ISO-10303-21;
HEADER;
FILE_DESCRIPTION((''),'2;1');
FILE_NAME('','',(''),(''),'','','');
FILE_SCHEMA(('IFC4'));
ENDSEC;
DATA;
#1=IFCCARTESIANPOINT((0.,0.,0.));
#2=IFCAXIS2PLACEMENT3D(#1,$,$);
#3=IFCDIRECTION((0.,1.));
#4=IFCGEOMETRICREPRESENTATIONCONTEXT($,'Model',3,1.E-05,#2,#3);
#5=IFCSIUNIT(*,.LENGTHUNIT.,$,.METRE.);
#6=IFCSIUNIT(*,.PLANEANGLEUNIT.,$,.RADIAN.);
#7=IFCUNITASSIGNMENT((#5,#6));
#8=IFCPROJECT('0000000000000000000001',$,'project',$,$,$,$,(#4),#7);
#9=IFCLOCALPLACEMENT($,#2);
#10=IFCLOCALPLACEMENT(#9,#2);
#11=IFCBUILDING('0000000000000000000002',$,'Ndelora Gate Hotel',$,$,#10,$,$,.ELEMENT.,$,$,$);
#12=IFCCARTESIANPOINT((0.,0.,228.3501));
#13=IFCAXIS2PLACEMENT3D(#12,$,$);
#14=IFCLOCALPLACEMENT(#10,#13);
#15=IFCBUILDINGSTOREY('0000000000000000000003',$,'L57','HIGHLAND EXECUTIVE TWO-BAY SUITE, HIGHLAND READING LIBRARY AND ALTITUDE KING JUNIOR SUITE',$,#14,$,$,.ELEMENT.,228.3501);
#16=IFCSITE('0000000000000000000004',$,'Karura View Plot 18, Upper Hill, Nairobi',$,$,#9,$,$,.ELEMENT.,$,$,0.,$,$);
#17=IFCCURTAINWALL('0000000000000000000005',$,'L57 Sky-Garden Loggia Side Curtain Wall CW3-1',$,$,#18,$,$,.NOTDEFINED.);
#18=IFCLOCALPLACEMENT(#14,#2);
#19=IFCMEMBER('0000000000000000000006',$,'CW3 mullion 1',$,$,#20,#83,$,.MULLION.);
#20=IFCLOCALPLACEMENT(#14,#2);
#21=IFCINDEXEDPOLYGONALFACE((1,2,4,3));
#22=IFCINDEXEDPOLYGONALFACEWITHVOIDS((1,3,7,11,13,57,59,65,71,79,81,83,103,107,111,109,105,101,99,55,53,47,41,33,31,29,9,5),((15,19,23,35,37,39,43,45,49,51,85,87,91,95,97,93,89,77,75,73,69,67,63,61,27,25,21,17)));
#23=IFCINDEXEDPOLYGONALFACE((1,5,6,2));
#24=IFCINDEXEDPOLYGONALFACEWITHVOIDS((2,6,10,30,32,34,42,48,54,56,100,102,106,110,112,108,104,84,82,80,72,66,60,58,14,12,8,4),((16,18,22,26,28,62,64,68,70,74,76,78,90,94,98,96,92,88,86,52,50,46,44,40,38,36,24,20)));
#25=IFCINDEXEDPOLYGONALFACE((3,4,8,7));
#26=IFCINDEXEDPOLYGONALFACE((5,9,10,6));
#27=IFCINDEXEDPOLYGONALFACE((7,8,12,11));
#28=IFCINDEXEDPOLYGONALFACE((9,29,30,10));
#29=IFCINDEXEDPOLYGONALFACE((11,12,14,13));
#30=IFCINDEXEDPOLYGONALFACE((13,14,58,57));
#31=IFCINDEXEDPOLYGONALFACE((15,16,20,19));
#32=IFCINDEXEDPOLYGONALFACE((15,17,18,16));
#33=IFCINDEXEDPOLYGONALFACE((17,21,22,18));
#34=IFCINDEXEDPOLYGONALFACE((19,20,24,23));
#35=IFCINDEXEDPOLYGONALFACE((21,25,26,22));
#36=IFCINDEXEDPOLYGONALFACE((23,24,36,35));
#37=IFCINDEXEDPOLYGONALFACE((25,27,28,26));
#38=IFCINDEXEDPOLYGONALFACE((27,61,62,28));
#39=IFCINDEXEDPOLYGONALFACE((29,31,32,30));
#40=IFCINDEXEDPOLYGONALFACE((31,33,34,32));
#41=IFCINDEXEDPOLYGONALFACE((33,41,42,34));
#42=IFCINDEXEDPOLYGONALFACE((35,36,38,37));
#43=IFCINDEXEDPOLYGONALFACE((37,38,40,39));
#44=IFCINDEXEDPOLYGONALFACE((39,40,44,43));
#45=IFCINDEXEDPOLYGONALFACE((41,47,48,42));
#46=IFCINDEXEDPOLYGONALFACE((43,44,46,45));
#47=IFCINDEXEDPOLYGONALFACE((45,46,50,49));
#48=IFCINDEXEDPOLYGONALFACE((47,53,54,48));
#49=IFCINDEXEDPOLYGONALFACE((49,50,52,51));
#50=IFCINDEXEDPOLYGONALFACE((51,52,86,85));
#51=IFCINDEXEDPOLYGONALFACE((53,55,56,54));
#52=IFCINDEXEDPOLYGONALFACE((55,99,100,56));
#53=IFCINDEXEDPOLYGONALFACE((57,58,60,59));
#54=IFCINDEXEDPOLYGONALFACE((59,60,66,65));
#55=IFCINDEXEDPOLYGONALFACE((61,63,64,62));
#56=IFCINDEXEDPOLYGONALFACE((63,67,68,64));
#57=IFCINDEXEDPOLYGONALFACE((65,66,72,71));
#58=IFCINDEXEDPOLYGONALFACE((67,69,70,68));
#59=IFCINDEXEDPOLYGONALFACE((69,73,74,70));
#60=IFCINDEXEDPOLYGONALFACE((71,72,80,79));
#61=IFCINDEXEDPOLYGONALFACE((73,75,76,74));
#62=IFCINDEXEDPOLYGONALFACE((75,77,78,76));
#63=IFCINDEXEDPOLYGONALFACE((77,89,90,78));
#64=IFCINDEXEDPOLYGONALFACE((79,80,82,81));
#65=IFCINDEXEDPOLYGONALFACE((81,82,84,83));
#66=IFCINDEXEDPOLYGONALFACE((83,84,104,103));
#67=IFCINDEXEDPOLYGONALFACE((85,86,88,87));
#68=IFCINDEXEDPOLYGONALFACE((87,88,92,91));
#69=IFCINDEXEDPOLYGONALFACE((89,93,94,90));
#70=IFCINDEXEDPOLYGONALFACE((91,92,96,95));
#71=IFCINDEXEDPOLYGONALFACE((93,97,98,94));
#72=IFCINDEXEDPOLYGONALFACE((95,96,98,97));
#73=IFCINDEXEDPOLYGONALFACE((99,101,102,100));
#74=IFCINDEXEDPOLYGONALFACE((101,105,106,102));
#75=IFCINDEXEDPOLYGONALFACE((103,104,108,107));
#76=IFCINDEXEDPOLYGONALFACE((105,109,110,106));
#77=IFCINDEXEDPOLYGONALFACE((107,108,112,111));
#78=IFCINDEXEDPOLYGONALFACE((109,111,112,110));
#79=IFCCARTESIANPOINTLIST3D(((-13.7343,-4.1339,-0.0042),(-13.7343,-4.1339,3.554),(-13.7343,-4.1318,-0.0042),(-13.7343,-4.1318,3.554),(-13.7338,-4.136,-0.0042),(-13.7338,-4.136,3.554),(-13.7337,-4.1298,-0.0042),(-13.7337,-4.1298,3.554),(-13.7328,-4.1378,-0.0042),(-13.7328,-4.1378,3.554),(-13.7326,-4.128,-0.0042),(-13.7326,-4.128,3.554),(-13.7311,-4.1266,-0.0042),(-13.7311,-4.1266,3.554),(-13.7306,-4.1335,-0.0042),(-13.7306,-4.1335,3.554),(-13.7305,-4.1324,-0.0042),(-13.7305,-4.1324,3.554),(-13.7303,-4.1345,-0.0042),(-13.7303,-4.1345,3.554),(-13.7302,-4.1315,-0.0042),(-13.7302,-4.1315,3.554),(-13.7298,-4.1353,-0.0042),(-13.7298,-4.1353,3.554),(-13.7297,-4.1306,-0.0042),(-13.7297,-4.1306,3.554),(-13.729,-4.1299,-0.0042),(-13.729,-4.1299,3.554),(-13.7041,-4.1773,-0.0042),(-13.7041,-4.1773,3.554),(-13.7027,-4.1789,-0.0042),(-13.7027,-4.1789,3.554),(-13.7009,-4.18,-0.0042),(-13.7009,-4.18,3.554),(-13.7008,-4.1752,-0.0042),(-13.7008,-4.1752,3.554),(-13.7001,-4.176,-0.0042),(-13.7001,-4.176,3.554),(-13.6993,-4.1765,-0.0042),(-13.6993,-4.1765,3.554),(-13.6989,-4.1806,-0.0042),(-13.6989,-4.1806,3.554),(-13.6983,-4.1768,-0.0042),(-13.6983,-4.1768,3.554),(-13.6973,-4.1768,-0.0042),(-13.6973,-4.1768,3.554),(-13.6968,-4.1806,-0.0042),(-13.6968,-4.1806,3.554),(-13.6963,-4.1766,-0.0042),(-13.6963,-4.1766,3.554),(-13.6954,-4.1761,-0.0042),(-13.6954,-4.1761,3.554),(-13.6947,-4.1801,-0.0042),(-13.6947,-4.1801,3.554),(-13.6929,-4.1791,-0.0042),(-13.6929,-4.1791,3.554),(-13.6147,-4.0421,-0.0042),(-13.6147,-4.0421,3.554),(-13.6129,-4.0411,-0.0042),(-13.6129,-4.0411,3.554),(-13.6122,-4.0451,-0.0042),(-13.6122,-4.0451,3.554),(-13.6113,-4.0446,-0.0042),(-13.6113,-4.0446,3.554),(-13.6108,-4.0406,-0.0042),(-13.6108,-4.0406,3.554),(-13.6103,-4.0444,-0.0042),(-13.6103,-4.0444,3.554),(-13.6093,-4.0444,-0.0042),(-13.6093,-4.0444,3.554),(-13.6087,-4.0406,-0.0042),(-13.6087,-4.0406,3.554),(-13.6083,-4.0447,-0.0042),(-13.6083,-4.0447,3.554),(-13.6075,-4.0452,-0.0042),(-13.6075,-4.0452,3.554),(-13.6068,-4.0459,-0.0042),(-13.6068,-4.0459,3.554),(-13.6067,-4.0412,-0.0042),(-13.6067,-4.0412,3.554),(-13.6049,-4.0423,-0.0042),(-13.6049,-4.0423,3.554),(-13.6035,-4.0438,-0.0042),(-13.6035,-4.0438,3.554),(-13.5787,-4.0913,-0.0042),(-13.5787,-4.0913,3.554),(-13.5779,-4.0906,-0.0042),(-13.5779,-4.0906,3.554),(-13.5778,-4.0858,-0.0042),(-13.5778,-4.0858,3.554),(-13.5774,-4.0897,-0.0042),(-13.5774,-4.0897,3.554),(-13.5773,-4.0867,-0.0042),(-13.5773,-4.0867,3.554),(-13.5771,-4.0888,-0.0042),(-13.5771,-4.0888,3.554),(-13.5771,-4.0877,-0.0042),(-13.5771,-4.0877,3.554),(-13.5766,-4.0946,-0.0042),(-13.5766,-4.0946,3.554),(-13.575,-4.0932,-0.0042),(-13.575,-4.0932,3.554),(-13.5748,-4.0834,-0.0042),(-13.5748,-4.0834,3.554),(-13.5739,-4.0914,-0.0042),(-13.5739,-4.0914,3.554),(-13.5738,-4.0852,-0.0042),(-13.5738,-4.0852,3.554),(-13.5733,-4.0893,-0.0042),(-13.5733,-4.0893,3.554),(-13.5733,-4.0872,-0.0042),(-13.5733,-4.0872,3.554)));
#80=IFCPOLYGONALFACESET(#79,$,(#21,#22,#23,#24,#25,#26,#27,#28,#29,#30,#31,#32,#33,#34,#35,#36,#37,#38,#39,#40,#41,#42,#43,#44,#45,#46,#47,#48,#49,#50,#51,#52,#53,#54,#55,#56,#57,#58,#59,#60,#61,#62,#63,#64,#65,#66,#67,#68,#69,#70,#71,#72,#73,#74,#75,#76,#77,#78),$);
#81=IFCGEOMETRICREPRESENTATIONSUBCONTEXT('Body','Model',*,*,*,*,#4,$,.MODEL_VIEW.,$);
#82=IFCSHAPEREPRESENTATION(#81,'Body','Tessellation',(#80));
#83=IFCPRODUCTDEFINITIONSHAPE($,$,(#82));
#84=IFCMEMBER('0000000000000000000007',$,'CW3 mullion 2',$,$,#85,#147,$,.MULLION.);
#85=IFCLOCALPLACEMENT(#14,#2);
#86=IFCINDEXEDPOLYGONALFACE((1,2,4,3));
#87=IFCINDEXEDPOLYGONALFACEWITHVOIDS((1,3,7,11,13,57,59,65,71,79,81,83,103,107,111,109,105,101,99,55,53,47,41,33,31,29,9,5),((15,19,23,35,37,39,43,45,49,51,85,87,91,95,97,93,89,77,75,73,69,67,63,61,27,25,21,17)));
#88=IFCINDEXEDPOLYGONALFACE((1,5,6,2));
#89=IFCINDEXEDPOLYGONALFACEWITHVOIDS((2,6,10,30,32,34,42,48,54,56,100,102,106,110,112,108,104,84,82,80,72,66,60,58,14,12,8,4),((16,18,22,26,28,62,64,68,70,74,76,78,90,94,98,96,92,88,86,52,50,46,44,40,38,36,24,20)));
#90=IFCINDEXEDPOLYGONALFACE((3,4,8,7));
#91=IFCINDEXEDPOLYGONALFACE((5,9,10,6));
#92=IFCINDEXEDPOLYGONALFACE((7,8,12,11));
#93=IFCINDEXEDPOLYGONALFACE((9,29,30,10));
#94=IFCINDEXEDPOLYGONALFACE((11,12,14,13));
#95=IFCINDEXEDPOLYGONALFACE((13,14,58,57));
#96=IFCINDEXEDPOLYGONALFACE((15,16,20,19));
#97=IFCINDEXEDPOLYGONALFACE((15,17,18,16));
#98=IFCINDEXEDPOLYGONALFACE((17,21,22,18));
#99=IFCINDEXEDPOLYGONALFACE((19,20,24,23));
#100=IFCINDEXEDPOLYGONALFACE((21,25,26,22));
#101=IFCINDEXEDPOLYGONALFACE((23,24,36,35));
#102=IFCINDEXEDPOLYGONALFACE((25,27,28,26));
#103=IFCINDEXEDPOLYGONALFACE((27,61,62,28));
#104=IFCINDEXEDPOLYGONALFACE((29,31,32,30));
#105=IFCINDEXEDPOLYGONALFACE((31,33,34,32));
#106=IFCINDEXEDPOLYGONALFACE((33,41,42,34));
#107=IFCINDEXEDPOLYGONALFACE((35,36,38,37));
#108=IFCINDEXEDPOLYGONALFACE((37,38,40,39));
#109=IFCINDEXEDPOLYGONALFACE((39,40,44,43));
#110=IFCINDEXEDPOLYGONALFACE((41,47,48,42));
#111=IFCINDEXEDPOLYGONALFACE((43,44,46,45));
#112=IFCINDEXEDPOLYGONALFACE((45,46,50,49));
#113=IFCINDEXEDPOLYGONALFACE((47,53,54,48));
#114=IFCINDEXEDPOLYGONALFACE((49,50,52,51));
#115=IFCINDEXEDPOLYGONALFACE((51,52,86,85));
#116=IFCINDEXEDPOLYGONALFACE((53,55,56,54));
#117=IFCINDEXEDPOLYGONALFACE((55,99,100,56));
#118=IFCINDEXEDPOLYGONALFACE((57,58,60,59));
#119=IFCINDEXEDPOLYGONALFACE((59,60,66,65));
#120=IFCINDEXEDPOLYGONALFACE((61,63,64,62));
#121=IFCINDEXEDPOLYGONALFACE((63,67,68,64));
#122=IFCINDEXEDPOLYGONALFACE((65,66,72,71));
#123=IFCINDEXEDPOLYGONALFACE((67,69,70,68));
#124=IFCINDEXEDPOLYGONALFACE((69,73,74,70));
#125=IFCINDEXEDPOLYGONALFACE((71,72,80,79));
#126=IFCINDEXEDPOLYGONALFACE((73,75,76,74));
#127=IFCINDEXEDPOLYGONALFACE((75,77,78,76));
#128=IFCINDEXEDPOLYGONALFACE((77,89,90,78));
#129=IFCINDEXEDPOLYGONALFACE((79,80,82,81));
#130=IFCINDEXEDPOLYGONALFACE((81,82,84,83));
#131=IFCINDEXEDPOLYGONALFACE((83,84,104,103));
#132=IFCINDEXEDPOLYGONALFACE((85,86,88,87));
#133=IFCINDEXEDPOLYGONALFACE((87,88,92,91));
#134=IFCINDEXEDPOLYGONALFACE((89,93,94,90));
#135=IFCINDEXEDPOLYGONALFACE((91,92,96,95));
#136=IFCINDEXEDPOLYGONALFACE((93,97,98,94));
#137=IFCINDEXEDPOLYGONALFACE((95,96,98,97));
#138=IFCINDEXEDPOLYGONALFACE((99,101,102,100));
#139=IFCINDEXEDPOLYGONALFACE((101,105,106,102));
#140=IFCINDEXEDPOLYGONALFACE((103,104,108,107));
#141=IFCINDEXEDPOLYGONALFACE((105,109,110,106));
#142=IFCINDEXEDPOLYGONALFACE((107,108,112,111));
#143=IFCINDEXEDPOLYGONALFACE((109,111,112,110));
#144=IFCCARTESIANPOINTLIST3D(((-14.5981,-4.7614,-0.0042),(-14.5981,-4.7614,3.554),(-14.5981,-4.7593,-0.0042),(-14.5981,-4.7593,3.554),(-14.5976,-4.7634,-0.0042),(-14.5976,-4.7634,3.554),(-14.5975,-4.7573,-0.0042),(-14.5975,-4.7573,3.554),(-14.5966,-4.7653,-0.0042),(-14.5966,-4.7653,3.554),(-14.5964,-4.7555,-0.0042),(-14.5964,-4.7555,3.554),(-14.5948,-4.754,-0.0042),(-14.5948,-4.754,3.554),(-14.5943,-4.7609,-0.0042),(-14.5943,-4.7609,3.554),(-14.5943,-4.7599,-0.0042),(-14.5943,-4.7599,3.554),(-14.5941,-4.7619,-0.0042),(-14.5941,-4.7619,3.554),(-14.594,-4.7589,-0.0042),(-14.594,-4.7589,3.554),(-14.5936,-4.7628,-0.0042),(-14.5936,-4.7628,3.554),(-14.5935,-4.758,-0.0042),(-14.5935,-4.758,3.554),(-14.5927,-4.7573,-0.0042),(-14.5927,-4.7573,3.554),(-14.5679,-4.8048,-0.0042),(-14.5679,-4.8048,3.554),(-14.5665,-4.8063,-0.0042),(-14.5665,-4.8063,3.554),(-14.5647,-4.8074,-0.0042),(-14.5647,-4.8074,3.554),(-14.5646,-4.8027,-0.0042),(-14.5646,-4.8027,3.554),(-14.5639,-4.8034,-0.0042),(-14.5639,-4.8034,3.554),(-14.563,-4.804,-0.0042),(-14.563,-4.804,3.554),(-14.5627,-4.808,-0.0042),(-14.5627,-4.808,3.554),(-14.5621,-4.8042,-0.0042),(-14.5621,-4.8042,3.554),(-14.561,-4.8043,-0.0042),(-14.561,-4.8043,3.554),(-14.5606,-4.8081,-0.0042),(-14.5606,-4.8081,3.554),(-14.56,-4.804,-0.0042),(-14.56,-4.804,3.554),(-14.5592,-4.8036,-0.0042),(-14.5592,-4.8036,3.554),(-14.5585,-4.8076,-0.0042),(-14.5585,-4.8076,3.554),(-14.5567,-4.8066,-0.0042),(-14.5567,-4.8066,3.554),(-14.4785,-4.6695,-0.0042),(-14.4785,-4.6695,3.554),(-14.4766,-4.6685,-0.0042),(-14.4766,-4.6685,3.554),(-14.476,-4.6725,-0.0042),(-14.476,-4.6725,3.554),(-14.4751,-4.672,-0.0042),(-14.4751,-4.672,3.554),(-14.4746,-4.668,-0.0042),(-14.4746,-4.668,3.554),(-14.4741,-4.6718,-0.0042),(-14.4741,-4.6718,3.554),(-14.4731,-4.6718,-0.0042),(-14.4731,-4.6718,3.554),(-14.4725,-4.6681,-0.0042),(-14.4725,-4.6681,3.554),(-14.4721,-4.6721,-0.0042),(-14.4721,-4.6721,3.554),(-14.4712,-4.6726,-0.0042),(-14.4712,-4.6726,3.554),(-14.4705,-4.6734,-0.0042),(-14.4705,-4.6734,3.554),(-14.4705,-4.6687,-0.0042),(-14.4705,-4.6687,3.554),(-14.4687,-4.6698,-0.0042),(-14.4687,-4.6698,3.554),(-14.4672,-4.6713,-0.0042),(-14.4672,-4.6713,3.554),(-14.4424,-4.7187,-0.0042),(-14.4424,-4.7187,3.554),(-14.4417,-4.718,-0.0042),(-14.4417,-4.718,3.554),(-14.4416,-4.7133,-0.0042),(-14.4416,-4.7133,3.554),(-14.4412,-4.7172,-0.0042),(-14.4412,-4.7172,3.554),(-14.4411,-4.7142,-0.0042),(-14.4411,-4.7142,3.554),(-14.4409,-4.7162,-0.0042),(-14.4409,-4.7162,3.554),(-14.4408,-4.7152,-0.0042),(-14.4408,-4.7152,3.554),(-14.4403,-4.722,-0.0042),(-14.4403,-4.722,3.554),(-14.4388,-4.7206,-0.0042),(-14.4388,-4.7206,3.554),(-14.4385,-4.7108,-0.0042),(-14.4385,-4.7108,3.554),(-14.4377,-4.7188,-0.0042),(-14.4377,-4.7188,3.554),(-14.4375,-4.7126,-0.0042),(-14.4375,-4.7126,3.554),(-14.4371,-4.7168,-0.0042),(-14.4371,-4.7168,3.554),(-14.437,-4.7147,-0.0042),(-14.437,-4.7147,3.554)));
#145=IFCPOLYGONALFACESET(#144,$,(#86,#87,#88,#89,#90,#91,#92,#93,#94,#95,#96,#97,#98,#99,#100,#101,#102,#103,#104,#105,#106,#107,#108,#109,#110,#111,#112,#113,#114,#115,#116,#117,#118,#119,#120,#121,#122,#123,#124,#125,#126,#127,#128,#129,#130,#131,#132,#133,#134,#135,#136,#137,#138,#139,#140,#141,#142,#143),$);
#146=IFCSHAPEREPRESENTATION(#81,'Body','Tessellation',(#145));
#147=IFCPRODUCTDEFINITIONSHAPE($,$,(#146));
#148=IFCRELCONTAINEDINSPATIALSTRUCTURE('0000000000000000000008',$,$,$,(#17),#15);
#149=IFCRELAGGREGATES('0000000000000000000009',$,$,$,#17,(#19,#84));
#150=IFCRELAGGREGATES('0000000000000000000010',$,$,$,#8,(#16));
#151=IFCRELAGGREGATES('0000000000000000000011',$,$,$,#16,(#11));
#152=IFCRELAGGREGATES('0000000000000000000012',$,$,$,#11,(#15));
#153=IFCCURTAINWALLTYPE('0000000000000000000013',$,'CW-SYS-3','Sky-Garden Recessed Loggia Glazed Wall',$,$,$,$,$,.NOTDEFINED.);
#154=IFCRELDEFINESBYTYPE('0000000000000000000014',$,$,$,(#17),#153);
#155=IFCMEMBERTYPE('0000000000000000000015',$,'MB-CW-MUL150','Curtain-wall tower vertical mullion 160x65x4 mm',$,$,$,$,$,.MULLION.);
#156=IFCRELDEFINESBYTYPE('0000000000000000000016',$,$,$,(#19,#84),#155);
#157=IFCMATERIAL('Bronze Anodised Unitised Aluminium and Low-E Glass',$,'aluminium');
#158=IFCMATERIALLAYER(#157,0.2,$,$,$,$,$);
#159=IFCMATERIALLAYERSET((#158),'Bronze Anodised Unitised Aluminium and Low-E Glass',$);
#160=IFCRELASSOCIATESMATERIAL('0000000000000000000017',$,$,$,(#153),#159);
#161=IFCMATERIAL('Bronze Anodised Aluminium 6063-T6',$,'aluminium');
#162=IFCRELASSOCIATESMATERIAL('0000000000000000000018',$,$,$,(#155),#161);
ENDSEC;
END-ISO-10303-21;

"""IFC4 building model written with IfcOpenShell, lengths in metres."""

from ifc_helpers import new_model, si_unit, direction, frame, origin, origin_2d, place, context, subcontext, project, spatial, hollow_rectangle, extrude, material, layer, layer_set, material_profile, profile_set, type_object, element, aggregate, save


model = new_model("IFC4")

# Units and contexts
model_context = context("Model", 3, precision=1e-05, world=origin(), true_north=direction((0.0, 1.0)))
body_context = subcontext(model_context, "Body", "Model", "MODEL_VIEW")
ifc_project = project(units=[si_unit("LENGTHUNIT", "METRE"), si_unit("PLANEANGLEUNIT", "RADIAN")], contexts=[model_context])

# Site, building, storey
site_placement = place(None, origin())
site = spatial("IfcSite", under=ifc_project, at=site_placement, Name="Karura View Plot 18, Upper Hill, Nairobi", CompositionType="ELEMENT", RefElevation=0.0)
building_placement = place(site_placement, origin())
building = spatial("IfcBuilding", under=site, at=building_placement, Name="Ndelora Gate Hotel", CompositionType="ELEMENT")
storey_placement = place(building_placement, frame((0.0, 0.0, 228.3501)))
storey = spatial("IfcBuildingStorey", under=building, at=storey_placement, Name="L57", Description="HIGHLAND EXECUTIVE TWO-BAY SUITE, HIGHLAND READING LIBRARY AND ALTITUDE KING JUNIOR SUITE", CompositionType="ELEMENT", Elevation=228.3501)

# Curtain wall, members
ifc_material_1 = material(Name="Bronze Anodised Unitised Aluminium and Low-E Glass", Category="aluminium")
ifc_layer_1 = layer(ifc_material_1, 0.2)
ifc_layer_set_1 = layer_set([ifc_layer_1], Name="Bronze Anodised Unitised Aluminium and Low-E Glass")
curtain_wall_type = type_object("IfcCurtainWallType", Name="CW-SYS-3", Description="Sky-Garden Recessed Loggia Glazed Wall", PredefinedType="NOTDEFINED", material=ifc_layer_set_1)
curtain_wall_placement = place(storey_placement, origin())
curtain_wall = element("IfcCurtainWall", 1, at=curtain_wall_placement, inside=storey, type_object=curtain_wall_type, Name="L57 Sky-Garden Loggia Side Curtain Wall CW3-1", PredefinedType="NOTDEFINED")
ifc_material_2 = material(Name="Bronze Anodised Aluminium 6063-T6", Category="aluminium")
ifc_material_profile_1 = material_profile(ifc_material_2, hollow_rectangle(XDim=0.0649, YDim=0.1599, WallThickness=0.0039, InnerFilletRadius=0.0039, OuterFilletRadius=0.0081, at=origin_2d()), Name="ALU 160x65x4")
ifc_profile_set_1 = profile_set([ifc_material_profile_1], Name="Bronze Anodised Aluminium 6063-T6")
member_type_1 = type_object("IfcMemberType", Name="MB-CW-MUL150", Description="Curtain-wall tower vertical mullion 160x65x4 mm", PredefinedType="MULLION", material=ifc_profile_set_1)
member_1_placement = place(storey_placement, frame((-13.6538, -4.1106, -0.0042), z_axis=(0.0, 0.0, 1.0), x_axis=(0.587785, -0.809017, 0.0)))
member_1 = element("IfcMember", 2, at=member_1_placement, type_object=member_type_1, Name="CW3 mullion 1", PredefinedType="MULLION", context=body_context, shape_type="SweptSolid", body=[
    extrude(hollow_rectangle(XDim=0.0649, YDim=0.1599, WallThickness=0.0039, InnerFilletRadius=0.0039, OuterFilletRadius=0.0081, at=origin_2d()), origin(), (0.0, 0.0, 1.0), 3.5581),
])
member_2_placement = place(storey_placement, frame((-14.5176, -4.738, -0.0042), z_axis=(0.0, 0.0, 1.0), x_axis=(0.587785, -0.809017, 0.0)))
member_2 = element("IfcMember", 3, at=member_2_placement, type_object=member_type_1, Name="CW3 mullion 2", PredefinedType="MULLION", context=body_context, shape_type="SweptSolid", body=[
    extrude(hollow_rectangle(XDim=0.0649, YDim=0.1599, WallThickness=0.0039, InnerFilletRadius=0.0039, OuterFilletRadius=0.0081, at=origin_2d()), origin(), (0.0, 0.0, 1.0), 3.5581),
])
aggregate(curtain_wall, [member_1, member_2])

save(model, "model.ifc")
